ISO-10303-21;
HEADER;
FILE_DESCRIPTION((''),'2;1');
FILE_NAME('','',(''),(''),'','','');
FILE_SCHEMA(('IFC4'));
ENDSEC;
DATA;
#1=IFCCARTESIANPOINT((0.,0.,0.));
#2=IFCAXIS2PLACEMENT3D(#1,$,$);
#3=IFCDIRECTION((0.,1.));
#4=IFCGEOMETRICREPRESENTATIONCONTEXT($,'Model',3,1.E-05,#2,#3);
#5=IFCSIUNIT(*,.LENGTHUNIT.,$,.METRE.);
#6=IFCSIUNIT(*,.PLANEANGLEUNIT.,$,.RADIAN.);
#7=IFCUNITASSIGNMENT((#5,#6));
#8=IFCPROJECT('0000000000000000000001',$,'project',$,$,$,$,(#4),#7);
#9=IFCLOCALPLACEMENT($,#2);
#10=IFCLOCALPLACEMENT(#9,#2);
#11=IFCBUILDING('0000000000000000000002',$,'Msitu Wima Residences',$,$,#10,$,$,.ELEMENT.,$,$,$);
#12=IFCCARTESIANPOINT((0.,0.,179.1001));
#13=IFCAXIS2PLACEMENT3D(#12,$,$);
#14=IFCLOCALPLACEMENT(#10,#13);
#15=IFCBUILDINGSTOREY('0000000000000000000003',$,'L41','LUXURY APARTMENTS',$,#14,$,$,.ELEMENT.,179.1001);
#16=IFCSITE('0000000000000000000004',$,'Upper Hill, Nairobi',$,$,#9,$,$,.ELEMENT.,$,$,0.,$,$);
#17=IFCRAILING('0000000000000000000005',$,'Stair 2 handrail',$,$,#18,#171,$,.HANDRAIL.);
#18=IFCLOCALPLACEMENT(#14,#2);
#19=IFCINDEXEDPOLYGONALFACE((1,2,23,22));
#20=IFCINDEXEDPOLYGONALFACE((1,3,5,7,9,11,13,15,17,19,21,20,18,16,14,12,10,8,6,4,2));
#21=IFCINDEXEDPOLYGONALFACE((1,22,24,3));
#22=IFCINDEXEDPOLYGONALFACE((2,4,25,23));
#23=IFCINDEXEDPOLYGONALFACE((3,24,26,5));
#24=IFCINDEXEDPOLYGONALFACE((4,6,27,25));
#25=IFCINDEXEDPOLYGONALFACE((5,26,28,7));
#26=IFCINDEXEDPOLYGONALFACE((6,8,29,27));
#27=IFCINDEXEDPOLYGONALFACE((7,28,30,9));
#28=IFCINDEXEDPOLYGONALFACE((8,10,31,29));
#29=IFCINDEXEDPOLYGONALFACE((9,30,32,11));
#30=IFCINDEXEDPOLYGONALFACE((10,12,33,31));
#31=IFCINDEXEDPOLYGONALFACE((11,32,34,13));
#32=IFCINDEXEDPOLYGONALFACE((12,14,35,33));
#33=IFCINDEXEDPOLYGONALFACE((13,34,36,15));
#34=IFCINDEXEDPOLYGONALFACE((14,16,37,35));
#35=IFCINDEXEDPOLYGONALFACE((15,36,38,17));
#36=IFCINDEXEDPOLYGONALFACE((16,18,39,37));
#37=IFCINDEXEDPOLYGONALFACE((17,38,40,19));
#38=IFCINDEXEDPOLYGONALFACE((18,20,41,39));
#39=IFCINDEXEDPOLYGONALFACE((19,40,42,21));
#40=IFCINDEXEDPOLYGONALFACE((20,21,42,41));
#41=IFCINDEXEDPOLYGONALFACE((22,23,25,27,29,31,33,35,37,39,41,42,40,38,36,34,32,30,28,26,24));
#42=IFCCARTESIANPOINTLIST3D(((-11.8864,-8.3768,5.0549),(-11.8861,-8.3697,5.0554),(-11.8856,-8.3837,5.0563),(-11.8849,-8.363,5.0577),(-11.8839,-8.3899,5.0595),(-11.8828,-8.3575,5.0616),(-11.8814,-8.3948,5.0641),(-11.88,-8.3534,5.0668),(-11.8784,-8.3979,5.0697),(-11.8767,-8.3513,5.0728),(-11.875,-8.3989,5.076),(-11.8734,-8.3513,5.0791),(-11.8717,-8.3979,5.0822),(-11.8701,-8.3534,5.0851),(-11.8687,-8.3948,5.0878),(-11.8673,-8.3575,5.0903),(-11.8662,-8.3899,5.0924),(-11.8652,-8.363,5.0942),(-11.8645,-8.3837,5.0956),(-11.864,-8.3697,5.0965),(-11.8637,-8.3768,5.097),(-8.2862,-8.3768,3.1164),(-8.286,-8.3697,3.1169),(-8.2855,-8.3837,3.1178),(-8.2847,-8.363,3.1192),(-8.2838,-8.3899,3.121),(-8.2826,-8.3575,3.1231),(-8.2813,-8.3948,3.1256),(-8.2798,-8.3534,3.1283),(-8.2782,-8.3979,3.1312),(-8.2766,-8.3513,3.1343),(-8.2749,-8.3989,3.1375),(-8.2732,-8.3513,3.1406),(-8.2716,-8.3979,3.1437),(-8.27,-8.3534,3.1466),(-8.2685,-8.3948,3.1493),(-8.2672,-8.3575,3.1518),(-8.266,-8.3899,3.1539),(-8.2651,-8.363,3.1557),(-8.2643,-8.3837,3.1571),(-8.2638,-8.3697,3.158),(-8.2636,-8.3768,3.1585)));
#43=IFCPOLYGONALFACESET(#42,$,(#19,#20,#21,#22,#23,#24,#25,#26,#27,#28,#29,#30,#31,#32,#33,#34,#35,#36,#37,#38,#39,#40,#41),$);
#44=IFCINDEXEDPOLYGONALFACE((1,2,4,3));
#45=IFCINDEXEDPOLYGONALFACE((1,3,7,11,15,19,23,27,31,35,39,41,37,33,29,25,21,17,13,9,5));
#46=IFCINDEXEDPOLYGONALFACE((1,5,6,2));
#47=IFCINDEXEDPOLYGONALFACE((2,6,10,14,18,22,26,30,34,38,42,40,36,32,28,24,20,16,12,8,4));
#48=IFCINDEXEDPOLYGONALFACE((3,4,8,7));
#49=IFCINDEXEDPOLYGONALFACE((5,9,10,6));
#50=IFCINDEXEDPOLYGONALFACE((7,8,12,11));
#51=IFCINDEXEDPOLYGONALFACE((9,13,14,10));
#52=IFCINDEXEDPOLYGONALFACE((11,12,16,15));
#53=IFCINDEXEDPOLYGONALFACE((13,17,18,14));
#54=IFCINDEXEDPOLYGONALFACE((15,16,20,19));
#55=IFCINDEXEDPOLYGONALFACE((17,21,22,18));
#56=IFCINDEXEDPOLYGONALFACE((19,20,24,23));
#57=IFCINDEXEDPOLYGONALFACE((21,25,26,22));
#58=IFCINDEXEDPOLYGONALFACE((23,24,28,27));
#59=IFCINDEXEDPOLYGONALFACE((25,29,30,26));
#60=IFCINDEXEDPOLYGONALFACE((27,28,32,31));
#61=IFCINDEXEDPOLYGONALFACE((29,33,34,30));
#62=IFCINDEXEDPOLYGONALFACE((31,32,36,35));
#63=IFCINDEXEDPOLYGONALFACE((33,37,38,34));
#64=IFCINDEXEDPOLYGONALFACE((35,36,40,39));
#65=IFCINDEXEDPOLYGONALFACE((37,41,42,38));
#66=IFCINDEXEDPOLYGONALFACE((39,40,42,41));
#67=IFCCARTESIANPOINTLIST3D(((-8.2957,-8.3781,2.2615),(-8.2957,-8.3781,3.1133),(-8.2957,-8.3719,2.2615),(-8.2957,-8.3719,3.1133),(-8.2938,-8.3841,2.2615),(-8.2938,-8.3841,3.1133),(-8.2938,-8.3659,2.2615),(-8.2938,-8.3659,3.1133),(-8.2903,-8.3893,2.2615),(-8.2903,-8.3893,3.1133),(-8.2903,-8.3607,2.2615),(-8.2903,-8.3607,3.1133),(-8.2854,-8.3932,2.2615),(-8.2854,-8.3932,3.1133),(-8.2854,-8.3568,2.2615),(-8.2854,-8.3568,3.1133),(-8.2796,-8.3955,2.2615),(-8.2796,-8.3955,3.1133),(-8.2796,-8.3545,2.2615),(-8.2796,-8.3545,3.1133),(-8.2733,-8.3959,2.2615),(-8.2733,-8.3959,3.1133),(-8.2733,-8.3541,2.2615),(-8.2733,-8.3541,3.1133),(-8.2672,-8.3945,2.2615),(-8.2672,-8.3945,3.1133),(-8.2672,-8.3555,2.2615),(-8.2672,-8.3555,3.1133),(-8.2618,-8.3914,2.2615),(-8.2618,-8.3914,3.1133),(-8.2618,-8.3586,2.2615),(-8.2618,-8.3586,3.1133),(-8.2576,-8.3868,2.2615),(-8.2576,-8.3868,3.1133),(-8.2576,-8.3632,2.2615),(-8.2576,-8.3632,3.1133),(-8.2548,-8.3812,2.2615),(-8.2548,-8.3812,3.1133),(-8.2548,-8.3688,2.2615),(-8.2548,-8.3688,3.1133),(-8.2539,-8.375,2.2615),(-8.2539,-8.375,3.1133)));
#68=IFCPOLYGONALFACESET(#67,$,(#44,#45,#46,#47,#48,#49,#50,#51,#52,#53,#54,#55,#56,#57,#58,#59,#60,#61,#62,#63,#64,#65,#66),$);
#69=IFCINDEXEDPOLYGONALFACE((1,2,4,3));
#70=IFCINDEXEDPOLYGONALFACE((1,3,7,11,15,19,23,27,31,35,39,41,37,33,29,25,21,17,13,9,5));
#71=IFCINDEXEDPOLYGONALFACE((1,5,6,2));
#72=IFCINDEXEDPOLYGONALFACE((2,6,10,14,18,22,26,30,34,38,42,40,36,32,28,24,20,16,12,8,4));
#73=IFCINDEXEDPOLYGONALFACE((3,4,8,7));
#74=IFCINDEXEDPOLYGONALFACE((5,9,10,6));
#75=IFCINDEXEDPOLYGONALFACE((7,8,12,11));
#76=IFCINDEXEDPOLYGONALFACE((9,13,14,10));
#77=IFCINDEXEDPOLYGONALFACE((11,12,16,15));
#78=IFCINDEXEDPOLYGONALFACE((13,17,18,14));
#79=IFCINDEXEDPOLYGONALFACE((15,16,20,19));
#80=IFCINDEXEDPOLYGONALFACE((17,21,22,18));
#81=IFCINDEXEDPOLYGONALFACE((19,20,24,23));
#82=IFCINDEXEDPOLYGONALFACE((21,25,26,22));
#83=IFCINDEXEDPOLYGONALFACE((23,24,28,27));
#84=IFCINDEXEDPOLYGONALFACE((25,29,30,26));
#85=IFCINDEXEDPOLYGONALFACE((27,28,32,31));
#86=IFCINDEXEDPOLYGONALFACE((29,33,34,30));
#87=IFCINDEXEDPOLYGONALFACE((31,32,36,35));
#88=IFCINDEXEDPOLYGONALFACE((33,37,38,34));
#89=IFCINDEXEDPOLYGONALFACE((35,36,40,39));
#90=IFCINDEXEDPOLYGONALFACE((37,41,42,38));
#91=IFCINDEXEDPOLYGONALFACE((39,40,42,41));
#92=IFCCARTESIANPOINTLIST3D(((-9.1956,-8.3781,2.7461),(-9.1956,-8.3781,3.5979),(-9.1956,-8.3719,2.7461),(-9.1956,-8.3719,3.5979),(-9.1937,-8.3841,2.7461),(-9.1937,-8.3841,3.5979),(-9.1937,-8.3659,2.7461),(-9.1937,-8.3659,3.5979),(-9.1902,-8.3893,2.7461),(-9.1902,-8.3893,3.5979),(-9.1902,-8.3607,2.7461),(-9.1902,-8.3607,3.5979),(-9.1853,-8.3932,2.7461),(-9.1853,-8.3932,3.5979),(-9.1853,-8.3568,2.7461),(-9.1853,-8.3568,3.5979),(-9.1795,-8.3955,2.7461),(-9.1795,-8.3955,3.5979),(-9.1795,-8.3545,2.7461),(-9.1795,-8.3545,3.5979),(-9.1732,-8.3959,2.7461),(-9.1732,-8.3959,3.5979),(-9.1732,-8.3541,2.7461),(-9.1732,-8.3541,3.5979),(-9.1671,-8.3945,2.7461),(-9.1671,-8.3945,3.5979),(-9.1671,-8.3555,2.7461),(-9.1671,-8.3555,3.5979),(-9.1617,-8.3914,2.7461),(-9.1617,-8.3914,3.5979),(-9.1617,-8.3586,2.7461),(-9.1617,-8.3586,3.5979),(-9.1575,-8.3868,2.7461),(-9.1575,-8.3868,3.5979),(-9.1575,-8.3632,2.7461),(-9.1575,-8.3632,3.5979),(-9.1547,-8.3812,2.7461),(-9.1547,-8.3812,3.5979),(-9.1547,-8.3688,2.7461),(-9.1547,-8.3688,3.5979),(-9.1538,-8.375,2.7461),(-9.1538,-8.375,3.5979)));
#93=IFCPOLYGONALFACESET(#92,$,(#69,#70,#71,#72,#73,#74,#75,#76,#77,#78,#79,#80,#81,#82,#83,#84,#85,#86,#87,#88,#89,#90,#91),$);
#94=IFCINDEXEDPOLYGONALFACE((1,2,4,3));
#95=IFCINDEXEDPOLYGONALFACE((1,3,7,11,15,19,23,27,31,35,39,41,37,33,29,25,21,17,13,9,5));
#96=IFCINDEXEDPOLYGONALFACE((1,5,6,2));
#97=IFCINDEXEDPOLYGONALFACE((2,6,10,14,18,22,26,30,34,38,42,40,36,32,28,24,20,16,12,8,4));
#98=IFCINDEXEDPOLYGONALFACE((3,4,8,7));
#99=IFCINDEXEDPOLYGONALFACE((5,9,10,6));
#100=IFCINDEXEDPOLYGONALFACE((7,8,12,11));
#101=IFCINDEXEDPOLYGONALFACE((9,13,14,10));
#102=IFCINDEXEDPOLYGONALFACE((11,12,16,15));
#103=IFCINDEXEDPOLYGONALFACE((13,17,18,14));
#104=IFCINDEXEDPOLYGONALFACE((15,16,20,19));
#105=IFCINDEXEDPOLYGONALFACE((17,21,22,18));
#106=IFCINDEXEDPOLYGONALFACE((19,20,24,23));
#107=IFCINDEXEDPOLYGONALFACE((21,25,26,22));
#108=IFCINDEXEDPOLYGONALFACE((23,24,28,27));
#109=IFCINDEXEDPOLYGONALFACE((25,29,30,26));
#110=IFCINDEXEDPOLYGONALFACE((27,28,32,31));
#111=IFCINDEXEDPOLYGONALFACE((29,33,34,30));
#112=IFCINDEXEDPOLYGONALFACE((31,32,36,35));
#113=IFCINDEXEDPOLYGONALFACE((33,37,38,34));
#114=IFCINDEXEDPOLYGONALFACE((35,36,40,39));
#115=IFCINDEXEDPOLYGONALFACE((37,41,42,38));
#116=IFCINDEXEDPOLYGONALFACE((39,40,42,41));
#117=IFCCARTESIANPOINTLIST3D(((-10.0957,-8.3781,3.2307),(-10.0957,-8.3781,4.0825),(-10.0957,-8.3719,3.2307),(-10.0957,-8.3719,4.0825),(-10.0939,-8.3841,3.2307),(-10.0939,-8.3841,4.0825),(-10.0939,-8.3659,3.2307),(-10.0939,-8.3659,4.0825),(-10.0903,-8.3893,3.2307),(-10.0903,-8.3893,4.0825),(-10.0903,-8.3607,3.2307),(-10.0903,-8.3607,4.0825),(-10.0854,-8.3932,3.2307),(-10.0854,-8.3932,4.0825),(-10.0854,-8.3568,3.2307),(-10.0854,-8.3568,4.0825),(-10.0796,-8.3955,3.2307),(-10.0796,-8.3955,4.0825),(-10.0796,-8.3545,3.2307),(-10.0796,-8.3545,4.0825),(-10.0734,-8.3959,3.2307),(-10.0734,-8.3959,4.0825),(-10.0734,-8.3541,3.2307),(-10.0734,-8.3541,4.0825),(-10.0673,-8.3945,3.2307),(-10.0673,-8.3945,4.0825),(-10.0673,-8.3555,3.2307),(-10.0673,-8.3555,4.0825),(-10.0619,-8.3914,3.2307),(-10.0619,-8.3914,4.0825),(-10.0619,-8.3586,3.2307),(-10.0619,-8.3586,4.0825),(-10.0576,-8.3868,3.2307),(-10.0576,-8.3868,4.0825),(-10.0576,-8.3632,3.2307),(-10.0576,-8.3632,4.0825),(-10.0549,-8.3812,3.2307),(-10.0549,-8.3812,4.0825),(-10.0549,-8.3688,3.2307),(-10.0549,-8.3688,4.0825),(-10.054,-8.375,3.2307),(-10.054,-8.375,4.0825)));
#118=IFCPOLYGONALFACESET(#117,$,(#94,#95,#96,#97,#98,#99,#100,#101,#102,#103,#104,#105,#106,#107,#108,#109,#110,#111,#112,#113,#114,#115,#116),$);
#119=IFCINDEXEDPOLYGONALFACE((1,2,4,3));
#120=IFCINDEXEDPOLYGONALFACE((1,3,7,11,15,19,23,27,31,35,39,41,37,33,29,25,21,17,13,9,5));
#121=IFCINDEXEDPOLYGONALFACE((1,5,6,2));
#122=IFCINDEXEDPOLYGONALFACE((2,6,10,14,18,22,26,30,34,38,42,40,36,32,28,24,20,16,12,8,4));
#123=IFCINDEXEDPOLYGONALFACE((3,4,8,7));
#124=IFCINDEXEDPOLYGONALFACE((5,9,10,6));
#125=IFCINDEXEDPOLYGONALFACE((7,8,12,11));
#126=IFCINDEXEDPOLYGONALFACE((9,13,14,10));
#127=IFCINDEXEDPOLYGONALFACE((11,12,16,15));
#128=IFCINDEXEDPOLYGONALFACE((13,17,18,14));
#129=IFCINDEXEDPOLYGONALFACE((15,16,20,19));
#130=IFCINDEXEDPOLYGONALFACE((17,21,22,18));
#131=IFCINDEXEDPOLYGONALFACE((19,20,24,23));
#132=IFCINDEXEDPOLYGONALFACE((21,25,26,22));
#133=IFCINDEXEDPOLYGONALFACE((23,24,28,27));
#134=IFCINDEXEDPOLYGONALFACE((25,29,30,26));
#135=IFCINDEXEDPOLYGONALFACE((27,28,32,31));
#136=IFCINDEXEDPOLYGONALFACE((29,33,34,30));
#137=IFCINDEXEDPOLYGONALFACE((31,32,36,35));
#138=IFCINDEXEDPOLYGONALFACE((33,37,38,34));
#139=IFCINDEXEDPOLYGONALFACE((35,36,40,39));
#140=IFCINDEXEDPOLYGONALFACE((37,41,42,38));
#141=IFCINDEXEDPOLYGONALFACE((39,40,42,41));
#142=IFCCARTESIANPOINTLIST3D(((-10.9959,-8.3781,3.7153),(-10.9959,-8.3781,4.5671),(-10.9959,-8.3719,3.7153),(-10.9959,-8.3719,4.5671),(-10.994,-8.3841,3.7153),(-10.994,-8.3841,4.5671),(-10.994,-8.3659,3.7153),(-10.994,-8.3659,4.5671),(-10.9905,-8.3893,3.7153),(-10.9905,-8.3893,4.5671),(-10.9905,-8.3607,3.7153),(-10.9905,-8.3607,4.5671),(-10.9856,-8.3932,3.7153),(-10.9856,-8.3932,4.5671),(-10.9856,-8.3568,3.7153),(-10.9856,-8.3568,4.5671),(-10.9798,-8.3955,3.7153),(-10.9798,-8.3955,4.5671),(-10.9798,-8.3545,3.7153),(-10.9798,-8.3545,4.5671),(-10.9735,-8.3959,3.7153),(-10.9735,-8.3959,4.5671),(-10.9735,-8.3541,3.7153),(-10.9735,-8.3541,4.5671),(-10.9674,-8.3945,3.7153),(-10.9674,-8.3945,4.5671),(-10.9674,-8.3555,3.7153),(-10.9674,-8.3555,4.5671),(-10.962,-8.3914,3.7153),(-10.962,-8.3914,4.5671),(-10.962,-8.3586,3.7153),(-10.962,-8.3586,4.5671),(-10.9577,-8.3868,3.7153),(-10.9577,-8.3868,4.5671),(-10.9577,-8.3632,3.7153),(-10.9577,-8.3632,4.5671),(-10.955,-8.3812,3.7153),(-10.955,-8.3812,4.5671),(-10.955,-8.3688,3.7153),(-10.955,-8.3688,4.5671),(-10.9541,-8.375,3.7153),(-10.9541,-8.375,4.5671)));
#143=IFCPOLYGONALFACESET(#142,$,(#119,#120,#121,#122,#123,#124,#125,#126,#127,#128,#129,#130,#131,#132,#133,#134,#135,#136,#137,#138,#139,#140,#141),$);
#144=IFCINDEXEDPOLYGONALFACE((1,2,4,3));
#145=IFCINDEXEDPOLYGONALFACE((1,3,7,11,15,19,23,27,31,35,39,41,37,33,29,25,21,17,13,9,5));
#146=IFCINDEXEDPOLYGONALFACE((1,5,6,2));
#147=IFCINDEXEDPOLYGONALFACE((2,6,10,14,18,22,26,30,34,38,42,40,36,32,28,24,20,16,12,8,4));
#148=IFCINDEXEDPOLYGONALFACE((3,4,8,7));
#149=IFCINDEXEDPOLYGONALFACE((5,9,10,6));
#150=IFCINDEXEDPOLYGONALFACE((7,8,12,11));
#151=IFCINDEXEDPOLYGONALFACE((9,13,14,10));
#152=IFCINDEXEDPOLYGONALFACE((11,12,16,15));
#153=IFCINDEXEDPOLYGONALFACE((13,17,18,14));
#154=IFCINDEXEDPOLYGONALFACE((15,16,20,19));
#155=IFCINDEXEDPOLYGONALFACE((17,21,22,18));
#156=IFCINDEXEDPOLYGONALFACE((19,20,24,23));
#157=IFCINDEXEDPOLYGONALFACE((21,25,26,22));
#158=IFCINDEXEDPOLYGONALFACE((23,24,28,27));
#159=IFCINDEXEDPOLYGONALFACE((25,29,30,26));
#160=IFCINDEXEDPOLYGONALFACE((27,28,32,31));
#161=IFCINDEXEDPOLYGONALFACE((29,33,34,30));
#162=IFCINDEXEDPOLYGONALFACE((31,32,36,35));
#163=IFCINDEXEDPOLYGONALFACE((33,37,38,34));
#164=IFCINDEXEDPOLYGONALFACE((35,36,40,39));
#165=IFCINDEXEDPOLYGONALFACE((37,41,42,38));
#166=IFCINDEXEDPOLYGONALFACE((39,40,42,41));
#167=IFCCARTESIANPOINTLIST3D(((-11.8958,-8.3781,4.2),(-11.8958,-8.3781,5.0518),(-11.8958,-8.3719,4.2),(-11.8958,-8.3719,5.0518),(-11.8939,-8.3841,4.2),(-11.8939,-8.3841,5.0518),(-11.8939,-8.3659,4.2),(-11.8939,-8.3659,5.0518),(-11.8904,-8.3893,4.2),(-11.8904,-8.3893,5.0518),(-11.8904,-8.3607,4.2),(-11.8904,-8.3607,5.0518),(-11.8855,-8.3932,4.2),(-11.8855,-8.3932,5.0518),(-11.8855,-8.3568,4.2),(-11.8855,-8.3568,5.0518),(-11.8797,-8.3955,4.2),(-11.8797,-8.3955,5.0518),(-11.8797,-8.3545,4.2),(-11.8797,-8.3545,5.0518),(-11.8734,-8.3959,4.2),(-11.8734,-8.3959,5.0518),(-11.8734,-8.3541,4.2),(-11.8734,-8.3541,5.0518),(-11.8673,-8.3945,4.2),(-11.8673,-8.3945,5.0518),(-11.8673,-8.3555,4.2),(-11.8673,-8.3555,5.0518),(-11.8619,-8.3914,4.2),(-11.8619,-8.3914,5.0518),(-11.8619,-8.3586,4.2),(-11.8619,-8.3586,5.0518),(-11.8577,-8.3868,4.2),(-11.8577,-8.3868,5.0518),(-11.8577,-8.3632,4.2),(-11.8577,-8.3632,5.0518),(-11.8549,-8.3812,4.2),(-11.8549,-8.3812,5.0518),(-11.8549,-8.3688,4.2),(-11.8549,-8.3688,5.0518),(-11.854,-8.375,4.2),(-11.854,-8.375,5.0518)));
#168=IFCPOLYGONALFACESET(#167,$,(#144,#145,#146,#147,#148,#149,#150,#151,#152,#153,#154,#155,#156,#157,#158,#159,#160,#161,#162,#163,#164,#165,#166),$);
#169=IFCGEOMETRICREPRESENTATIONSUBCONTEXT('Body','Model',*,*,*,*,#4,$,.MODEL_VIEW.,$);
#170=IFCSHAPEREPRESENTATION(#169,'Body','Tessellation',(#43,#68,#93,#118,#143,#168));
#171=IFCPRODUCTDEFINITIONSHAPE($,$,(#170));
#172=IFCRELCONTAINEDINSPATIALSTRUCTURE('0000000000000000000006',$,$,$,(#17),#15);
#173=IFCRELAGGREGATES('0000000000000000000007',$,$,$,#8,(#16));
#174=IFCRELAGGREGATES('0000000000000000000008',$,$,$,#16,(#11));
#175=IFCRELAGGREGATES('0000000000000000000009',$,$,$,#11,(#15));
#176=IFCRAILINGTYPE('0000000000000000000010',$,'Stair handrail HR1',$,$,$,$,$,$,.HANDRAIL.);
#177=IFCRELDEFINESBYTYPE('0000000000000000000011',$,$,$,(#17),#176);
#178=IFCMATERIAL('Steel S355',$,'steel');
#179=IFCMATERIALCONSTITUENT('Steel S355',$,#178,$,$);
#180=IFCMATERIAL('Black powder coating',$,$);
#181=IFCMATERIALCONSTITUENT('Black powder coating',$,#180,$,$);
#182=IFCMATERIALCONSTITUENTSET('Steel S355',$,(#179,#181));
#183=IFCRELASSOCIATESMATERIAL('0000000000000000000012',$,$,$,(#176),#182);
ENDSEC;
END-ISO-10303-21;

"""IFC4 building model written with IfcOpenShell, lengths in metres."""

from ifc_helpers import new_model, si_unit, direction, frame, origin, origin_2d, place, context, subcontext, project, spatial, circle, extrude, material, constituent, constituent_set, type_object, element, save


model = new_model("IFC4")

# Units and contexts
model_context = context("Model", 3, precision=1e-05, world=origin(), true_north=direction((0.0, 1.0)))
body_context = subcontext(model_context, "Body", "Model", "MODEL_VIEW")
ifc_project = project(units=[si_unit("LENGTHUNIT", "METRE"), si_unit("PLANEANGLEUNIT", "RADIAN")], contexts=[model_context])

# Site, building, storey
site_placement = place(None, origin())
site = spatial("IfcSite", under=ifc_project, at=site_placement, Name="Upper Hill, Nairobi", CompositionType="ELEMENT", RefElevation=0.0)
building_placement = place(site_placement, origin())
building = spatial("IfcBuilding", under=site, at=building_placement, Name="Msitu Wima Residences", CompositionType="ELEMENT")
storey_placement = place(building_placement, frame((0.0, 0.0, 179.1001)))
storey = spatial("IfcBuildingStorey", under=building, at=storey_placement, Name="L41", Description="LUXURY APARTMENTS", CompositionType="ELEMENT", Elevation=179.1001)

# Railing
ifc_material_1 = material(Name="Steel S355", Category="steel")
ifc_constituent_1 = constituent(ifc_material_1, Name="Steel S355")
ifc_material_2 = material(Name="Black powder coating")
ifc_constituent_2 = constituent(ifc_material_2, Name="Black powder coating")
ifc_constituent_set = constituent_set(constituents=[ifc_constituent_1, ifc_constituent_2], Name="Steel S355")
railing_type = type_object("IfcRailingType", Name="Stair handrail HR1", PredefinedType="HANDRAIL", material=ifc_constituent_set)
railing_placement = place(storey_placement, frame((-8.2749, -8.375, 2.2615)))
element("IfcRailing", 1, at=railing_placement, inside=storey, type_object=railing_type, Name="Stair 2 handrail", PredefinedType="HANDRAIL", context=body_context, shape_type="SweptSolid", body=[
    extrude(circle(Radius=0.0239, at=origin_2d()), frame((0.0, 0.0, 0.876), z_axis=(-0.880475, 0.0, 0.474093), x_axis=(0.0, -1.0, 0.0)), (0.0, 0.0, 1.0), 4.0889),
    extrude(circle(Radius=0.021, at=origin_2d()), origin(), (0.0, 0.0, 1.0), 0.8518),
    extrude(circle(Radius=0.021, at=origin_2d()), frame((-0.8999, 0.0, 0.4846)), (0.0, 0.0, 1.0), 0.8518),
    extrude(circle(Radius=0.021, at=origin_2d()), frame((-1.8, 0.0, 0.9692)), (0.0, 0.0, 1.0), 0.8518),
    extrude(circle(Radius=0.021, at=origin_2d()), frame((-2.7002, 0.0, 1.4539)), (0.0, 0.0, 1.0), 0.8518),
    extrude(circle(Radius=0.021, at=origin_2d()), frame((-3.6001, 0.0, 1.9385)), (0.0, 0.0, 1.0), 0.8518),
])

save(model, "model.ifc")
